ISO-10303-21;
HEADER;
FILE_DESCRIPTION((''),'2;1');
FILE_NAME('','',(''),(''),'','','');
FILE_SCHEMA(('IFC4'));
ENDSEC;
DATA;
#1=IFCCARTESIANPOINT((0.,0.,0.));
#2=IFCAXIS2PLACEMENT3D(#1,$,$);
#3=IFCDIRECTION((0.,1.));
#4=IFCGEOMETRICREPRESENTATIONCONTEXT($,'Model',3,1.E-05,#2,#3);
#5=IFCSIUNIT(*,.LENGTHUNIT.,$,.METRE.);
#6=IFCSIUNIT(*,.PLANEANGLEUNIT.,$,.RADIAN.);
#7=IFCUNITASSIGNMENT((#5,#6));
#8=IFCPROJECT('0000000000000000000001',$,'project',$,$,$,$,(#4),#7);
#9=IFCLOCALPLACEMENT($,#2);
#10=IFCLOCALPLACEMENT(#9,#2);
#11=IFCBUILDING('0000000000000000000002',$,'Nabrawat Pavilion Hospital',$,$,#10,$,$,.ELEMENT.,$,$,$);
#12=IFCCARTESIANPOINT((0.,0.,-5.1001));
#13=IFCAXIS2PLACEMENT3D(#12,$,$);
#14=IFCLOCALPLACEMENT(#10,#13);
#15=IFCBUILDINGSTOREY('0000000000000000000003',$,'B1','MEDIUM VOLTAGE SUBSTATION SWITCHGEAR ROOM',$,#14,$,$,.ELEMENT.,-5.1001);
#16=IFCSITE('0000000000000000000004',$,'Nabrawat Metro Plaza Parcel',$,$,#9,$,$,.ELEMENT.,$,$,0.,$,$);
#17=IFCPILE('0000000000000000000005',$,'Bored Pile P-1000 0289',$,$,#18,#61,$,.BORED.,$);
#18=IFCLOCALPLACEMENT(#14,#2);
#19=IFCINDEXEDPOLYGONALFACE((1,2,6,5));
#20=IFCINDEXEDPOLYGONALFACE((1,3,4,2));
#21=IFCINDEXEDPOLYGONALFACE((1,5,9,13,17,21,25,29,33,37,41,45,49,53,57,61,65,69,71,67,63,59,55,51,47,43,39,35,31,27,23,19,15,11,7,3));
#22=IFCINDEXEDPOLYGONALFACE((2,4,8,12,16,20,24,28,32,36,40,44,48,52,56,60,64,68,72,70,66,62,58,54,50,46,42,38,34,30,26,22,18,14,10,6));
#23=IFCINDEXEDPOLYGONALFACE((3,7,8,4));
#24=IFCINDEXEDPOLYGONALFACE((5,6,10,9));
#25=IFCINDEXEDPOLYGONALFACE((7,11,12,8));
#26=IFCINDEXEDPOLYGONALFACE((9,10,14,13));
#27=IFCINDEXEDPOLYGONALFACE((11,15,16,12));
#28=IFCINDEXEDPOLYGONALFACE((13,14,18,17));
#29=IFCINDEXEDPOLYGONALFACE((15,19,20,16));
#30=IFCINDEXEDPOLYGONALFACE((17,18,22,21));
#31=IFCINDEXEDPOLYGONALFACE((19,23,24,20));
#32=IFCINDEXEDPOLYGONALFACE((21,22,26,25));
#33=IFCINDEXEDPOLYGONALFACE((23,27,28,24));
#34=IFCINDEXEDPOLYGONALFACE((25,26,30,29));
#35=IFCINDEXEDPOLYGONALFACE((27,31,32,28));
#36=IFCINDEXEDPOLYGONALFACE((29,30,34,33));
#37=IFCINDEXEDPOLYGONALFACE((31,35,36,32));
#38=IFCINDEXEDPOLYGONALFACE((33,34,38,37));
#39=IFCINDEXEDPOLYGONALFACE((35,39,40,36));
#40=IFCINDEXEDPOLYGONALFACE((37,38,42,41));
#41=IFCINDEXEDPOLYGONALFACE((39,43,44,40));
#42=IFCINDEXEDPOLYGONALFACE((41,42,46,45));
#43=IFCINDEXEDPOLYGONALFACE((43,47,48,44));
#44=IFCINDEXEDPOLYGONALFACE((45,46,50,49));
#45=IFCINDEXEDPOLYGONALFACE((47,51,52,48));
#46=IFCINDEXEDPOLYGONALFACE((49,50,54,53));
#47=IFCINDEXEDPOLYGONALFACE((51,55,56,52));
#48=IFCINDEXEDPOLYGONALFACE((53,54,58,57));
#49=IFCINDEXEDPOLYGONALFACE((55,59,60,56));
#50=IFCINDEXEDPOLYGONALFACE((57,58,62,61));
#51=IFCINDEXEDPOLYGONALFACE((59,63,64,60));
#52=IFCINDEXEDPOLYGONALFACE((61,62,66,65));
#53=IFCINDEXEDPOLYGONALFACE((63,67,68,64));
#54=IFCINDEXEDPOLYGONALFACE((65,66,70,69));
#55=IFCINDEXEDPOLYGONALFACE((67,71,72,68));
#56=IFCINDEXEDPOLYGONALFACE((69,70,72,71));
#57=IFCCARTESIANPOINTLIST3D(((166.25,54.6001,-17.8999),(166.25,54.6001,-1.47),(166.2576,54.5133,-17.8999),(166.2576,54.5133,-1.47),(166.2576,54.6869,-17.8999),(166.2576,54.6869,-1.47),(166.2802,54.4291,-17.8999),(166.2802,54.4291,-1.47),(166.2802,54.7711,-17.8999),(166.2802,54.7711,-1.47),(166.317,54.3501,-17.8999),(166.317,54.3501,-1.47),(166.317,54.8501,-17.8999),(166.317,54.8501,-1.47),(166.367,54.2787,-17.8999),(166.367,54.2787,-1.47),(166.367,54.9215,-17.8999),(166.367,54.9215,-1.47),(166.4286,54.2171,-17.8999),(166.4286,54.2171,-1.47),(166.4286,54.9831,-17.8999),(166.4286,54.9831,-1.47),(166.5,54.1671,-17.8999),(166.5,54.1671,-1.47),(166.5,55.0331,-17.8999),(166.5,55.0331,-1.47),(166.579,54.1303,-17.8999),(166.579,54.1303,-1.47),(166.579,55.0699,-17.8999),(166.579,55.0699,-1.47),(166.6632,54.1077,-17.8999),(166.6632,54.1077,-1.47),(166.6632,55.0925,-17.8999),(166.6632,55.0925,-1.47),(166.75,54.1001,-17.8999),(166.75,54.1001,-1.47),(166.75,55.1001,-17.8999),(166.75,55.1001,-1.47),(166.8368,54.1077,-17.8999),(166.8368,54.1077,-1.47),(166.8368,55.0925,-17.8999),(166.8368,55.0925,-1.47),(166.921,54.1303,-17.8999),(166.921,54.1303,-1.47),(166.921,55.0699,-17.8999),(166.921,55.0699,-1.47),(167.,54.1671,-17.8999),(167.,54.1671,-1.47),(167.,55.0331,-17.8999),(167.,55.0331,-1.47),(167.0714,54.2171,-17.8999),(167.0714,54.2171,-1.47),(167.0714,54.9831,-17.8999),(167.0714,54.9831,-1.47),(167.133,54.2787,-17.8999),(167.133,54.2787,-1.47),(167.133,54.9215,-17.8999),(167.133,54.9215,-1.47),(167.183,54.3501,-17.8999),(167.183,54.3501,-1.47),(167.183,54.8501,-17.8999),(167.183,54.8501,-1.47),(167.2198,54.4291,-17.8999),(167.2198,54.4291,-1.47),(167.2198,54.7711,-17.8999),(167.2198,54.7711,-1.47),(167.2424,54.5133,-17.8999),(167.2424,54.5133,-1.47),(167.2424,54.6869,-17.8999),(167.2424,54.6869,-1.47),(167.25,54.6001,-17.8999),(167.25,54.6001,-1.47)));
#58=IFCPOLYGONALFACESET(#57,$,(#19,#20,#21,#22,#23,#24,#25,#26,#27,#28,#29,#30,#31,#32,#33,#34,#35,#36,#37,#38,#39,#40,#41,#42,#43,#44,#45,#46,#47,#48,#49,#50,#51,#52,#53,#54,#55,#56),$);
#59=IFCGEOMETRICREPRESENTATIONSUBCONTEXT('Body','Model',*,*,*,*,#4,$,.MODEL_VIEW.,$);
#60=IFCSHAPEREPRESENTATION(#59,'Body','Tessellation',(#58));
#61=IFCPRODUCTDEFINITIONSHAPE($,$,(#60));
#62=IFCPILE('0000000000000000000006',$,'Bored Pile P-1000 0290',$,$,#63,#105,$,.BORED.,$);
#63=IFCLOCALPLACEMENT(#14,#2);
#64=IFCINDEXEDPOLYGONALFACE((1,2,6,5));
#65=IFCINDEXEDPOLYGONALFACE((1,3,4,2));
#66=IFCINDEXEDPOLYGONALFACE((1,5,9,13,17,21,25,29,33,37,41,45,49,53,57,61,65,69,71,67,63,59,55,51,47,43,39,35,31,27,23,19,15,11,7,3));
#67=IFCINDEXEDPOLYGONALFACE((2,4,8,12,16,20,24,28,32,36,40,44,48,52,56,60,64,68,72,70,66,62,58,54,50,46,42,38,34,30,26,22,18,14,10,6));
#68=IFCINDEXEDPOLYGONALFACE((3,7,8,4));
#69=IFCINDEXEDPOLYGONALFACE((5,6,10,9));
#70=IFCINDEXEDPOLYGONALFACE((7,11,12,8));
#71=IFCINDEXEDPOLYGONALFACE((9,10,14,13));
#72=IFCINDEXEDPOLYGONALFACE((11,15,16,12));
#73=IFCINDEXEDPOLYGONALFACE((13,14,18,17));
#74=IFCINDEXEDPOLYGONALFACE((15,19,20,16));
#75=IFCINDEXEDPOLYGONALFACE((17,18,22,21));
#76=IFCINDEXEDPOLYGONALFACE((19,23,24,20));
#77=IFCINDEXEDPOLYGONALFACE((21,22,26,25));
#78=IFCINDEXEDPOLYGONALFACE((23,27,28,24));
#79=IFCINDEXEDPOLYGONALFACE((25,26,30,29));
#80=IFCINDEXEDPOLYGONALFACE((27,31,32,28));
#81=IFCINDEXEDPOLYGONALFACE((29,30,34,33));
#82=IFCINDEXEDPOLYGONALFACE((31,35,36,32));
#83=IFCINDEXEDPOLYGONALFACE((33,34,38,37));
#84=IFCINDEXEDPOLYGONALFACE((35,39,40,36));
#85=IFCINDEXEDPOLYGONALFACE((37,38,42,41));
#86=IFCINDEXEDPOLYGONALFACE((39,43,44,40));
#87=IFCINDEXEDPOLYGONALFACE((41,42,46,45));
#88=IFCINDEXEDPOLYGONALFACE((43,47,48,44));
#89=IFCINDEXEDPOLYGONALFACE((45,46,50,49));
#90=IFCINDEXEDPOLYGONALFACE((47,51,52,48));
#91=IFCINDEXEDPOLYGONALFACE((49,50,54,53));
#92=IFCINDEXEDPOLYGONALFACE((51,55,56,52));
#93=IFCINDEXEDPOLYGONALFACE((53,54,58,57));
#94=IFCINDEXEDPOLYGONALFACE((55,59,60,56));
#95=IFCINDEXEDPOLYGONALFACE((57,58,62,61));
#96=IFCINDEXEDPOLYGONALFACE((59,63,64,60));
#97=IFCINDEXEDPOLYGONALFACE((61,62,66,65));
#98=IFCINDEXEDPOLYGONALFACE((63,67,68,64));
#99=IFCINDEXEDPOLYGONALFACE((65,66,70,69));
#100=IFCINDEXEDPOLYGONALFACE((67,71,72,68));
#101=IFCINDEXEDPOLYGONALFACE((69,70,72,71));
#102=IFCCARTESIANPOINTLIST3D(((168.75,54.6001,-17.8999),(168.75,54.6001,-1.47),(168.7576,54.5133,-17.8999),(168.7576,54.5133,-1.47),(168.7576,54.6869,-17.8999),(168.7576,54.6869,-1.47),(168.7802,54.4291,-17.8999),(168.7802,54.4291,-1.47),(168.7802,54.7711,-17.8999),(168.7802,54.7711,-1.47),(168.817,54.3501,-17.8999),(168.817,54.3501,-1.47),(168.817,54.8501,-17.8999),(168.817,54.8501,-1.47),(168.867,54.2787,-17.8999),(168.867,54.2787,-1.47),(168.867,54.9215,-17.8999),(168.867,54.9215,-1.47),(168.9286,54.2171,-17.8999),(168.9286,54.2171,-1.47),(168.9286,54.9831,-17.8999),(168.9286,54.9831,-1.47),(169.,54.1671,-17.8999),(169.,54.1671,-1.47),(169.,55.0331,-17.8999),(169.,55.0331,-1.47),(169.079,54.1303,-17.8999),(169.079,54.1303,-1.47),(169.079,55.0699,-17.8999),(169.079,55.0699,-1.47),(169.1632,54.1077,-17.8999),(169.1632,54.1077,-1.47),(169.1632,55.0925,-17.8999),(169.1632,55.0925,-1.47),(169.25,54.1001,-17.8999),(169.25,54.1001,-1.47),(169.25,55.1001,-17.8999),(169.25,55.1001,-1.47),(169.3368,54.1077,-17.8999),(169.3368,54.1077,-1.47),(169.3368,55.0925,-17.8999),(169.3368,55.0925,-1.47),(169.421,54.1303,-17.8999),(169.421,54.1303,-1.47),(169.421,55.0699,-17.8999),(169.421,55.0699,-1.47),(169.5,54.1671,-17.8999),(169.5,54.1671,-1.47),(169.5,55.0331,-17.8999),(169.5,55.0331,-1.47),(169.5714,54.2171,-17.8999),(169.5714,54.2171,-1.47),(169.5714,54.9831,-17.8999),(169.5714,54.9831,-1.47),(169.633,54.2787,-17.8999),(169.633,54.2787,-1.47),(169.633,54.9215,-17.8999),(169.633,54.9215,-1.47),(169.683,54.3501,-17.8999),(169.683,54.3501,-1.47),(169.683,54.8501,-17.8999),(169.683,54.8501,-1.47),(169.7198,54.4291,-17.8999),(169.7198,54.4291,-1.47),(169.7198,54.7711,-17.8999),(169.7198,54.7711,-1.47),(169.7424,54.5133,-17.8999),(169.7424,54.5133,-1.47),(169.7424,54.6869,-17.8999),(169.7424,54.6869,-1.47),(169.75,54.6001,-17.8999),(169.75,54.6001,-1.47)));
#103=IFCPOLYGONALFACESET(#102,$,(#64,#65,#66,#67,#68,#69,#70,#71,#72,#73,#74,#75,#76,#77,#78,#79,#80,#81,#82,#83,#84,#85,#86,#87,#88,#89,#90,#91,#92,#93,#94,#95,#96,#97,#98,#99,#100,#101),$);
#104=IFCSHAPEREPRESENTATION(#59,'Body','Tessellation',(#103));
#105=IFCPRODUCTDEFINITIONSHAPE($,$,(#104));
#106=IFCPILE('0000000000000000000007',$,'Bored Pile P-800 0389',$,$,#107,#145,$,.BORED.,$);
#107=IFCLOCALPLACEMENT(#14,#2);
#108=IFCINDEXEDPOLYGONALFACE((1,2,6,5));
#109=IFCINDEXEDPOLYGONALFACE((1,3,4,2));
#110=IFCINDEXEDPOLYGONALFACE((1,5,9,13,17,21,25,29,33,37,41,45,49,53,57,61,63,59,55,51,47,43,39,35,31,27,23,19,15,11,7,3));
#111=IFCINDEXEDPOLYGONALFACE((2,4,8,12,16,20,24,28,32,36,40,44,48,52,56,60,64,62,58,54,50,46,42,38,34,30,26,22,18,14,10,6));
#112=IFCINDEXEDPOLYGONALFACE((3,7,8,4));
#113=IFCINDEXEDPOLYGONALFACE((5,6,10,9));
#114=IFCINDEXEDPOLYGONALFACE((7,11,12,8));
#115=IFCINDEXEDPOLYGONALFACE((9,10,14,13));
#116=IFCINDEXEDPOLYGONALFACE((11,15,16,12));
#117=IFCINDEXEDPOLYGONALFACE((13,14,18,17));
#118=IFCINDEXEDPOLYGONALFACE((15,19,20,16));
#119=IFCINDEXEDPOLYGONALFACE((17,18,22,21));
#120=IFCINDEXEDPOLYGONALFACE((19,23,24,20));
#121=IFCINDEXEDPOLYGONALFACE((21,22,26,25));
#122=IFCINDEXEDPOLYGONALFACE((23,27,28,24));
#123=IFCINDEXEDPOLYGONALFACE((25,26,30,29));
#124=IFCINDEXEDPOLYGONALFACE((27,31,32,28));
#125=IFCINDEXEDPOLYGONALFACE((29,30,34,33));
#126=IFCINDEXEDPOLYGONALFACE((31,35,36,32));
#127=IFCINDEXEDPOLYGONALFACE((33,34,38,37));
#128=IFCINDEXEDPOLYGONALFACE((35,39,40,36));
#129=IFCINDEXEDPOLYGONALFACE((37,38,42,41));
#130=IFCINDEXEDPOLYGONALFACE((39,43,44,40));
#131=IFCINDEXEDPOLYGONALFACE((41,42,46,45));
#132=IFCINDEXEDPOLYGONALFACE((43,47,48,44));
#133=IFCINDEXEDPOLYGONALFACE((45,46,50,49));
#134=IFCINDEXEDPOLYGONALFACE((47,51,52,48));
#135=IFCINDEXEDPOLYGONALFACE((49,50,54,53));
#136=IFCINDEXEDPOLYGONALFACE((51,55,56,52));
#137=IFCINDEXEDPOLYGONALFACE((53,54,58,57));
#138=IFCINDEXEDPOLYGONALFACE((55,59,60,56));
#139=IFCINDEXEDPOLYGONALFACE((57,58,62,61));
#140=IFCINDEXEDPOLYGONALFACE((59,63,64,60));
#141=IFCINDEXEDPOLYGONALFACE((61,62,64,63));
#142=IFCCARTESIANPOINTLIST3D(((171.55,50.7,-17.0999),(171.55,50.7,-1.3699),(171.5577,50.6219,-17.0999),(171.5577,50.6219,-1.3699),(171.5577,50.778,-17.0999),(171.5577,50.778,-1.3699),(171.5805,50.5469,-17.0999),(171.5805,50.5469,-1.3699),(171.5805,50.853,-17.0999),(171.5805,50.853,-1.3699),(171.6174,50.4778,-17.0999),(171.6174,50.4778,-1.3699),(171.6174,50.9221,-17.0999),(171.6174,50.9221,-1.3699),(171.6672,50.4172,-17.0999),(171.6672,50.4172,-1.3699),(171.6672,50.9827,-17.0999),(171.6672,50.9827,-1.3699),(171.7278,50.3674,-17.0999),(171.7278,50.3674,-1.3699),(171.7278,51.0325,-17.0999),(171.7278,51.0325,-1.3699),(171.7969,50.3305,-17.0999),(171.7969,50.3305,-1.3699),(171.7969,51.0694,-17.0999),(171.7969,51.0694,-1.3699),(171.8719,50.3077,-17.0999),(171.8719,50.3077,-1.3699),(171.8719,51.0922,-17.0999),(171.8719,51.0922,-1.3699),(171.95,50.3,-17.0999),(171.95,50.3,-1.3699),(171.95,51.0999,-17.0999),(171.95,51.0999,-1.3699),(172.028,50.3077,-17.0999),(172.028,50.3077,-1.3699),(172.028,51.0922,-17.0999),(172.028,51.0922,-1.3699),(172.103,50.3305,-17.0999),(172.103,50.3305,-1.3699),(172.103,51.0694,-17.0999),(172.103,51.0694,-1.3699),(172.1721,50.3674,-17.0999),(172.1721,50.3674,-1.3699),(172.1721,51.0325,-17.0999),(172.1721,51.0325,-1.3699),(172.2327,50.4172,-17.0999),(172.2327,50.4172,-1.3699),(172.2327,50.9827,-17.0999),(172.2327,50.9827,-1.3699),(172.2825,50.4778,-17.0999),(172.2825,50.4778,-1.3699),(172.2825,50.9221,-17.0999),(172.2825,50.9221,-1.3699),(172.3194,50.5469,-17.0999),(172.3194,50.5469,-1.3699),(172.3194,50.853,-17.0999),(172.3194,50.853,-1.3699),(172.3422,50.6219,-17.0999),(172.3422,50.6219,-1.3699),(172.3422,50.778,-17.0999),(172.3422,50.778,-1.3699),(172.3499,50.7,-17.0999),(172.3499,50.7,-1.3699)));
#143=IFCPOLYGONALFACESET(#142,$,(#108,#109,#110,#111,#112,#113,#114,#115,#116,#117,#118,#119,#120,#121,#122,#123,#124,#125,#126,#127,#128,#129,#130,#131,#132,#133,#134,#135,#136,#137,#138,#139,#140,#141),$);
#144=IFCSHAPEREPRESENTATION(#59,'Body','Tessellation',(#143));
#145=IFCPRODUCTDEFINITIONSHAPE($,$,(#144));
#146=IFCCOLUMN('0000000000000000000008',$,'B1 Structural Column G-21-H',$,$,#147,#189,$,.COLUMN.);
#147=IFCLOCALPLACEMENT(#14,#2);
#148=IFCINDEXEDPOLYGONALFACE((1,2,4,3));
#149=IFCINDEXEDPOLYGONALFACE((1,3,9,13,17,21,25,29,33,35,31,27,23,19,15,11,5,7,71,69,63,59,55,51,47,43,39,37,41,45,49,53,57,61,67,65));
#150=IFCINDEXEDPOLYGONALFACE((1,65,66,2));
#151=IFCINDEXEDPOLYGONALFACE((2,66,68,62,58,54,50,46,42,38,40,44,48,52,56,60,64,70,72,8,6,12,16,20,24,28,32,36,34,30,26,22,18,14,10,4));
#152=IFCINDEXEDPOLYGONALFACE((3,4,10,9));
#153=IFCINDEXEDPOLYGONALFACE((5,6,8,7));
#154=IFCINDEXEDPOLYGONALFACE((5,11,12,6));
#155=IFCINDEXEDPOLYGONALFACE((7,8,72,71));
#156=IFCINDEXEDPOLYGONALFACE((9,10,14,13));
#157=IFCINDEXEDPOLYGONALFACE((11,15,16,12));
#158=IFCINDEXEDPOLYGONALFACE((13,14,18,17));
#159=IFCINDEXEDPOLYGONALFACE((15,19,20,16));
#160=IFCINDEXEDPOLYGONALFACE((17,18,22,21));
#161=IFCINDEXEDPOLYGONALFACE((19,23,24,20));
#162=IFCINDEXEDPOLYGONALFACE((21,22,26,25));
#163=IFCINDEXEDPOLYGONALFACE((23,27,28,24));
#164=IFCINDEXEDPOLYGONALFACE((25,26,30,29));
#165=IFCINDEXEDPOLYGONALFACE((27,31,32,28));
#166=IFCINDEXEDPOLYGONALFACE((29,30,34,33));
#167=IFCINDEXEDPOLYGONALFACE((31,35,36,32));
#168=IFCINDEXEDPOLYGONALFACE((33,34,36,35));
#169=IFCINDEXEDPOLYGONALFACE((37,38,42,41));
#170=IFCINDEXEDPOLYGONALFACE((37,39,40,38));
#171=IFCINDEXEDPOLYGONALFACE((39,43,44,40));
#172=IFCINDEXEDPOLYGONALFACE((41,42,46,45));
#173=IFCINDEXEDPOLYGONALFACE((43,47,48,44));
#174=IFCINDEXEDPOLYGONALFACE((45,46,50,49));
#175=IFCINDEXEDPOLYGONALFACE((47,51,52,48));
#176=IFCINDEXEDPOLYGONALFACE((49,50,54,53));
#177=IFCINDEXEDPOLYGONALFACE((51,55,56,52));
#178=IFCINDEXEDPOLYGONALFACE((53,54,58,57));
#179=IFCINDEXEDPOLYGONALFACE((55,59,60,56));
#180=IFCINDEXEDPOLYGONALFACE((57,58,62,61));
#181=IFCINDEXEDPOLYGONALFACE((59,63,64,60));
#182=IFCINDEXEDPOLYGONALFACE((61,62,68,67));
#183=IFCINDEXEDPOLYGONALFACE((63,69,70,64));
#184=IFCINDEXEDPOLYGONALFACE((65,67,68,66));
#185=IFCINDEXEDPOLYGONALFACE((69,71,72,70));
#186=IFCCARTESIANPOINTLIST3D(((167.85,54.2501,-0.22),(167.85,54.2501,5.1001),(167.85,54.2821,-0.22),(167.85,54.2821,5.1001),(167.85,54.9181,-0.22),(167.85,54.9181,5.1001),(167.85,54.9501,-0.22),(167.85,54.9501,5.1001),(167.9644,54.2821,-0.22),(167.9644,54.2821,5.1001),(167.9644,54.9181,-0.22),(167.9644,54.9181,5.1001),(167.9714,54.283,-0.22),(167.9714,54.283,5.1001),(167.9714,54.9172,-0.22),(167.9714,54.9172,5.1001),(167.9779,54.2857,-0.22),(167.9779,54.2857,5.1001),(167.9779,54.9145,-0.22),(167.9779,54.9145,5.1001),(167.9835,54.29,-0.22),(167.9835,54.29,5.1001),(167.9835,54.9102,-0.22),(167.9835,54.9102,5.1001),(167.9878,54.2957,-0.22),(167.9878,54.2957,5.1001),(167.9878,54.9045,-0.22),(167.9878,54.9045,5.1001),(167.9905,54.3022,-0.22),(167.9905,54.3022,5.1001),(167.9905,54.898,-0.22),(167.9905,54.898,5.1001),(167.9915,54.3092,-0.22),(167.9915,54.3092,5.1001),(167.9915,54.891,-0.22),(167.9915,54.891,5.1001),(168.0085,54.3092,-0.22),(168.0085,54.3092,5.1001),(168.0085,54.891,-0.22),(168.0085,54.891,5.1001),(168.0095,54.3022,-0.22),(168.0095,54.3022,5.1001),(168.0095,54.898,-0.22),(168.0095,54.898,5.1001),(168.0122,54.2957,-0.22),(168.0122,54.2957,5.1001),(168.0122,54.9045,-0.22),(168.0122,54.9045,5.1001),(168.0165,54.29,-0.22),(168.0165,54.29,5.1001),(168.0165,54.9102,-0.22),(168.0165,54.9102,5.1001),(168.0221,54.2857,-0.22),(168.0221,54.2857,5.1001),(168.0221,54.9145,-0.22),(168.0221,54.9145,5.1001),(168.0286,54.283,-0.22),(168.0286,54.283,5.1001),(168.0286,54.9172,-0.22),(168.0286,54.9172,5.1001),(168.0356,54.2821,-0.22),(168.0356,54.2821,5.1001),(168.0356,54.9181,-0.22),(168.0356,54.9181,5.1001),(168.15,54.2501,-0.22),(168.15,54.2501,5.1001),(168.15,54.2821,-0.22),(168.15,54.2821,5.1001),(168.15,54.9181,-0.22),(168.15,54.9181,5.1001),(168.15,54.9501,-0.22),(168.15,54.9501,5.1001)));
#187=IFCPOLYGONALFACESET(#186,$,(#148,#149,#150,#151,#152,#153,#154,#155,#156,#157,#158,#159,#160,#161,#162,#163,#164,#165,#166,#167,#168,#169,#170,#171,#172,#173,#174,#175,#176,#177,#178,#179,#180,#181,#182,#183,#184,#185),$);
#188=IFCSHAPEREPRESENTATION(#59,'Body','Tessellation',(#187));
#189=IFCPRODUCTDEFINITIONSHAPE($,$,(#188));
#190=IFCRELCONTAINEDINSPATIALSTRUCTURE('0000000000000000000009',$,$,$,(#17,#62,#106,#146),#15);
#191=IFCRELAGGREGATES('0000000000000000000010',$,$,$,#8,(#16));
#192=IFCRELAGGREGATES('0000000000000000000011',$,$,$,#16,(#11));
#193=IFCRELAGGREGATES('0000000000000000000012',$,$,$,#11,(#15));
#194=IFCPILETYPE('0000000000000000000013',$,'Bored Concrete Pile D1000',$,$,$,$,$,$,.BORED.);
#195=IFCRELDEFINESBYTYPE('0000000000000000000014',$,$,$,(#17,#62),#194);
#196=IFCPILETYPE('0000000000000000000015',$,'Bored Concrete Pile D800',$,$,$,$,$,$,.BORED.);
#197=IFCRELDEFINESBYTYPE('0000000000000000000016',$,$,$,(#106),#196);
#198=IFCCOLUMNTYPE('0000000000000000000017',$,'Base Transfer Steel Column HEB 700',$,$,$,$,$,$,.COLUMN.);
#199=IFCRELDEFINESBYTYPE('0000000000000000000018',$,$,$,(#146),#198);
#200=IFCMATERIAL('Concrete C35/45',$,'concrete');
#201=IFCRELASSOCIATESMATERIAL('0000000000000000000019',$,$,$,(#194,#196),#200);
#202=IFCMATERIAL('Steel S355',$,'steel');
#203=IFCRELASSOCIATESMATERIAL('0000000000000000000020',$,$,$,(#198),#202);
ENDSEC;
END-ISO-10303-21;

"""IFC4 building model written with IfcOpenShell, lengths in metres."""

from ifc_helpers import new_model, si_unit, direction, frame, origin, origin_2d, place, context, subcontext, project, spatial, circle, i_section, extrude, material, material_profile, profile_set, type_object, element, save


model = new_model("IFC4")

# Units and contexts
model_context = context("Model", 3, precision=1e-05, world=origin(), true_north=direction((0.0, 1.0)))
body_context = subcontext(model_context, "Body", "Model", "MODEL_VIEW")
ifc_project = project(units=[si_unit("LENGTHUNIT", "METRE"), si_unit("PLANEANGLEUNIT", "RADIAN")], contexts=[model_context])

# Site, building, storey
site_placement = place(None, origin())
site = spatial("IfcSite", under=ifc_project, at=site_placement, Name="Nabrawat Metro Plaza Parcel", CompositionType="ELEMENT", RefElevation=0.0)
building_placement = place(site_placement, origin())
building = spatial("IfcBuilding", under=site, at=building_placement, Name="Nabrawat Pavilion Hospital", CompositionType="ELEMENT")
storey_placement = place(building_placement, frame((0.0, 0.0, -5.1001)))
storey = spatial("IfcBuildingStorey", under=building, at=storey_placement, Name="B1", Description="MEDIUM VOLTAGE SUBSTATION SWITCHGEAR ROOM", CompositionType="ELEMENT", Elevation=-5.1001)

# Piles
ifc_material_1 = material(Name="Concrete C35/45", Category="concrete")
ifc_material_profile_1 = material_profile(ifc_material_1, circle(Radius=0.5, at=origin_2d()), Name="DIA 1000")
ifc_profile_set_1 = profile_set([ifc_material_profile_1], Name="Concrete C35/45")
pile_type_1 = type_object("IfcPileType", Name="Bored Concrete Pile D1000", PredefinedType="BORED", material=ifc_profile_set_1)
for number, where, z_axis, x_axis, name in (
    (1, (166.75, 54.6001, -1.47), (0.0, 0.0, -1.0), (1.0, 0.0, 0.0), "Bored Pile P-1000 0289"),
    (2, (169.25, 54.6001, -1.47), (0.0, 0.0, -1.0), (1.0, 0.0, 0.0), "Bored Pile P-1000 0290"),
):
    element("IfcPile", number, at=place(storey_placement, frame(where, z_axis=z_axis, x_axis=x_axis)), inside=storey, type_object=pile_type_1, Name=name, PredefinedType="BORED", context=body_context, shape_type="SweptSolid", body=[
        extrude(circle(Radius=0.5, at=origin_2d()), origin(), (0.0, 0.0, 1.0), 16.4299),
    ])
ifc_material_profile_2 = material_profile(ifc_material_1, circle(Radius=0.3999, at=origin_2d()), Name="DIA 800")
ifc_profile_set_2 = profile_set([ifc_material_profile_2], Name="Concrete C35/45")
pile_type_2 = type_object("IfcPileType", Name="Bored Concrete Pile D800", PredefinedType="BORED", material=ifc_profile_set_2)
pile_placement = place(storey_placement, frame((171.95, 50.7, -1.3699), z_axis=(0.0, 0.0, -1.0), x_axis=(1.0, 0.0, 0.0)))
element("IfcPile", 3, at=pile_placement, inside=storey, type_object=pile_type_2, Name="Bored Pile P-800 0389", PredefinedType="BORED", context=body_context, shape_type="SweptSolid", body=[
    extrude(circle(Radius=0.3999, at=origin_2d()), origin(), (0.0, 0.0, 1.0), 15.73),
])

# Column
ifc_material_2 = material(Name="Steel S355", Category="steel")
ifc_material_profile_3 = material_profile(ifc_material_2, i_section(OverallWidth=0.3, OverallDepth=0.7, WebThickness=0.0171, FlangeThickness=0.032, FilletRadius=0.0271, at=origin_2d()), Name="HEB 700")
ifc_profile_set_3 = profile_set([ifc_material_profile_3], Name="Steel S355")
column_type_1 = type_object("IfcColumnType", Name="Base Transfer Steel Column HEB 700", PredefinedType="COLUMN", material=ifc_profile_set_3)
column_placement = place(storey_placement, frame((168.0, 54.6001, -0.22), z_axis=(0.0, 0.0, 1.0), x_axis=(1.0, 0.0, 0.0)))
element("IfcColumn", 4, at=column_placement, inside=storey, type_object=column_type_1, Name="B1 Structural Column G-21-H", PredefinedType="COLUMN", context=body_context, shape_type="SweptSolid", body=[
    extrude(i_section(OverallWidth=0.3, OverallDepth=0.7, WebThickness=0.0171, FlangeThickness=0.032, FilletRadius=0.0271, at=origin_2d()), origin(), (0.0, 0.0, 1.0), 5.3201),
])

save(model, "model.ifc")
